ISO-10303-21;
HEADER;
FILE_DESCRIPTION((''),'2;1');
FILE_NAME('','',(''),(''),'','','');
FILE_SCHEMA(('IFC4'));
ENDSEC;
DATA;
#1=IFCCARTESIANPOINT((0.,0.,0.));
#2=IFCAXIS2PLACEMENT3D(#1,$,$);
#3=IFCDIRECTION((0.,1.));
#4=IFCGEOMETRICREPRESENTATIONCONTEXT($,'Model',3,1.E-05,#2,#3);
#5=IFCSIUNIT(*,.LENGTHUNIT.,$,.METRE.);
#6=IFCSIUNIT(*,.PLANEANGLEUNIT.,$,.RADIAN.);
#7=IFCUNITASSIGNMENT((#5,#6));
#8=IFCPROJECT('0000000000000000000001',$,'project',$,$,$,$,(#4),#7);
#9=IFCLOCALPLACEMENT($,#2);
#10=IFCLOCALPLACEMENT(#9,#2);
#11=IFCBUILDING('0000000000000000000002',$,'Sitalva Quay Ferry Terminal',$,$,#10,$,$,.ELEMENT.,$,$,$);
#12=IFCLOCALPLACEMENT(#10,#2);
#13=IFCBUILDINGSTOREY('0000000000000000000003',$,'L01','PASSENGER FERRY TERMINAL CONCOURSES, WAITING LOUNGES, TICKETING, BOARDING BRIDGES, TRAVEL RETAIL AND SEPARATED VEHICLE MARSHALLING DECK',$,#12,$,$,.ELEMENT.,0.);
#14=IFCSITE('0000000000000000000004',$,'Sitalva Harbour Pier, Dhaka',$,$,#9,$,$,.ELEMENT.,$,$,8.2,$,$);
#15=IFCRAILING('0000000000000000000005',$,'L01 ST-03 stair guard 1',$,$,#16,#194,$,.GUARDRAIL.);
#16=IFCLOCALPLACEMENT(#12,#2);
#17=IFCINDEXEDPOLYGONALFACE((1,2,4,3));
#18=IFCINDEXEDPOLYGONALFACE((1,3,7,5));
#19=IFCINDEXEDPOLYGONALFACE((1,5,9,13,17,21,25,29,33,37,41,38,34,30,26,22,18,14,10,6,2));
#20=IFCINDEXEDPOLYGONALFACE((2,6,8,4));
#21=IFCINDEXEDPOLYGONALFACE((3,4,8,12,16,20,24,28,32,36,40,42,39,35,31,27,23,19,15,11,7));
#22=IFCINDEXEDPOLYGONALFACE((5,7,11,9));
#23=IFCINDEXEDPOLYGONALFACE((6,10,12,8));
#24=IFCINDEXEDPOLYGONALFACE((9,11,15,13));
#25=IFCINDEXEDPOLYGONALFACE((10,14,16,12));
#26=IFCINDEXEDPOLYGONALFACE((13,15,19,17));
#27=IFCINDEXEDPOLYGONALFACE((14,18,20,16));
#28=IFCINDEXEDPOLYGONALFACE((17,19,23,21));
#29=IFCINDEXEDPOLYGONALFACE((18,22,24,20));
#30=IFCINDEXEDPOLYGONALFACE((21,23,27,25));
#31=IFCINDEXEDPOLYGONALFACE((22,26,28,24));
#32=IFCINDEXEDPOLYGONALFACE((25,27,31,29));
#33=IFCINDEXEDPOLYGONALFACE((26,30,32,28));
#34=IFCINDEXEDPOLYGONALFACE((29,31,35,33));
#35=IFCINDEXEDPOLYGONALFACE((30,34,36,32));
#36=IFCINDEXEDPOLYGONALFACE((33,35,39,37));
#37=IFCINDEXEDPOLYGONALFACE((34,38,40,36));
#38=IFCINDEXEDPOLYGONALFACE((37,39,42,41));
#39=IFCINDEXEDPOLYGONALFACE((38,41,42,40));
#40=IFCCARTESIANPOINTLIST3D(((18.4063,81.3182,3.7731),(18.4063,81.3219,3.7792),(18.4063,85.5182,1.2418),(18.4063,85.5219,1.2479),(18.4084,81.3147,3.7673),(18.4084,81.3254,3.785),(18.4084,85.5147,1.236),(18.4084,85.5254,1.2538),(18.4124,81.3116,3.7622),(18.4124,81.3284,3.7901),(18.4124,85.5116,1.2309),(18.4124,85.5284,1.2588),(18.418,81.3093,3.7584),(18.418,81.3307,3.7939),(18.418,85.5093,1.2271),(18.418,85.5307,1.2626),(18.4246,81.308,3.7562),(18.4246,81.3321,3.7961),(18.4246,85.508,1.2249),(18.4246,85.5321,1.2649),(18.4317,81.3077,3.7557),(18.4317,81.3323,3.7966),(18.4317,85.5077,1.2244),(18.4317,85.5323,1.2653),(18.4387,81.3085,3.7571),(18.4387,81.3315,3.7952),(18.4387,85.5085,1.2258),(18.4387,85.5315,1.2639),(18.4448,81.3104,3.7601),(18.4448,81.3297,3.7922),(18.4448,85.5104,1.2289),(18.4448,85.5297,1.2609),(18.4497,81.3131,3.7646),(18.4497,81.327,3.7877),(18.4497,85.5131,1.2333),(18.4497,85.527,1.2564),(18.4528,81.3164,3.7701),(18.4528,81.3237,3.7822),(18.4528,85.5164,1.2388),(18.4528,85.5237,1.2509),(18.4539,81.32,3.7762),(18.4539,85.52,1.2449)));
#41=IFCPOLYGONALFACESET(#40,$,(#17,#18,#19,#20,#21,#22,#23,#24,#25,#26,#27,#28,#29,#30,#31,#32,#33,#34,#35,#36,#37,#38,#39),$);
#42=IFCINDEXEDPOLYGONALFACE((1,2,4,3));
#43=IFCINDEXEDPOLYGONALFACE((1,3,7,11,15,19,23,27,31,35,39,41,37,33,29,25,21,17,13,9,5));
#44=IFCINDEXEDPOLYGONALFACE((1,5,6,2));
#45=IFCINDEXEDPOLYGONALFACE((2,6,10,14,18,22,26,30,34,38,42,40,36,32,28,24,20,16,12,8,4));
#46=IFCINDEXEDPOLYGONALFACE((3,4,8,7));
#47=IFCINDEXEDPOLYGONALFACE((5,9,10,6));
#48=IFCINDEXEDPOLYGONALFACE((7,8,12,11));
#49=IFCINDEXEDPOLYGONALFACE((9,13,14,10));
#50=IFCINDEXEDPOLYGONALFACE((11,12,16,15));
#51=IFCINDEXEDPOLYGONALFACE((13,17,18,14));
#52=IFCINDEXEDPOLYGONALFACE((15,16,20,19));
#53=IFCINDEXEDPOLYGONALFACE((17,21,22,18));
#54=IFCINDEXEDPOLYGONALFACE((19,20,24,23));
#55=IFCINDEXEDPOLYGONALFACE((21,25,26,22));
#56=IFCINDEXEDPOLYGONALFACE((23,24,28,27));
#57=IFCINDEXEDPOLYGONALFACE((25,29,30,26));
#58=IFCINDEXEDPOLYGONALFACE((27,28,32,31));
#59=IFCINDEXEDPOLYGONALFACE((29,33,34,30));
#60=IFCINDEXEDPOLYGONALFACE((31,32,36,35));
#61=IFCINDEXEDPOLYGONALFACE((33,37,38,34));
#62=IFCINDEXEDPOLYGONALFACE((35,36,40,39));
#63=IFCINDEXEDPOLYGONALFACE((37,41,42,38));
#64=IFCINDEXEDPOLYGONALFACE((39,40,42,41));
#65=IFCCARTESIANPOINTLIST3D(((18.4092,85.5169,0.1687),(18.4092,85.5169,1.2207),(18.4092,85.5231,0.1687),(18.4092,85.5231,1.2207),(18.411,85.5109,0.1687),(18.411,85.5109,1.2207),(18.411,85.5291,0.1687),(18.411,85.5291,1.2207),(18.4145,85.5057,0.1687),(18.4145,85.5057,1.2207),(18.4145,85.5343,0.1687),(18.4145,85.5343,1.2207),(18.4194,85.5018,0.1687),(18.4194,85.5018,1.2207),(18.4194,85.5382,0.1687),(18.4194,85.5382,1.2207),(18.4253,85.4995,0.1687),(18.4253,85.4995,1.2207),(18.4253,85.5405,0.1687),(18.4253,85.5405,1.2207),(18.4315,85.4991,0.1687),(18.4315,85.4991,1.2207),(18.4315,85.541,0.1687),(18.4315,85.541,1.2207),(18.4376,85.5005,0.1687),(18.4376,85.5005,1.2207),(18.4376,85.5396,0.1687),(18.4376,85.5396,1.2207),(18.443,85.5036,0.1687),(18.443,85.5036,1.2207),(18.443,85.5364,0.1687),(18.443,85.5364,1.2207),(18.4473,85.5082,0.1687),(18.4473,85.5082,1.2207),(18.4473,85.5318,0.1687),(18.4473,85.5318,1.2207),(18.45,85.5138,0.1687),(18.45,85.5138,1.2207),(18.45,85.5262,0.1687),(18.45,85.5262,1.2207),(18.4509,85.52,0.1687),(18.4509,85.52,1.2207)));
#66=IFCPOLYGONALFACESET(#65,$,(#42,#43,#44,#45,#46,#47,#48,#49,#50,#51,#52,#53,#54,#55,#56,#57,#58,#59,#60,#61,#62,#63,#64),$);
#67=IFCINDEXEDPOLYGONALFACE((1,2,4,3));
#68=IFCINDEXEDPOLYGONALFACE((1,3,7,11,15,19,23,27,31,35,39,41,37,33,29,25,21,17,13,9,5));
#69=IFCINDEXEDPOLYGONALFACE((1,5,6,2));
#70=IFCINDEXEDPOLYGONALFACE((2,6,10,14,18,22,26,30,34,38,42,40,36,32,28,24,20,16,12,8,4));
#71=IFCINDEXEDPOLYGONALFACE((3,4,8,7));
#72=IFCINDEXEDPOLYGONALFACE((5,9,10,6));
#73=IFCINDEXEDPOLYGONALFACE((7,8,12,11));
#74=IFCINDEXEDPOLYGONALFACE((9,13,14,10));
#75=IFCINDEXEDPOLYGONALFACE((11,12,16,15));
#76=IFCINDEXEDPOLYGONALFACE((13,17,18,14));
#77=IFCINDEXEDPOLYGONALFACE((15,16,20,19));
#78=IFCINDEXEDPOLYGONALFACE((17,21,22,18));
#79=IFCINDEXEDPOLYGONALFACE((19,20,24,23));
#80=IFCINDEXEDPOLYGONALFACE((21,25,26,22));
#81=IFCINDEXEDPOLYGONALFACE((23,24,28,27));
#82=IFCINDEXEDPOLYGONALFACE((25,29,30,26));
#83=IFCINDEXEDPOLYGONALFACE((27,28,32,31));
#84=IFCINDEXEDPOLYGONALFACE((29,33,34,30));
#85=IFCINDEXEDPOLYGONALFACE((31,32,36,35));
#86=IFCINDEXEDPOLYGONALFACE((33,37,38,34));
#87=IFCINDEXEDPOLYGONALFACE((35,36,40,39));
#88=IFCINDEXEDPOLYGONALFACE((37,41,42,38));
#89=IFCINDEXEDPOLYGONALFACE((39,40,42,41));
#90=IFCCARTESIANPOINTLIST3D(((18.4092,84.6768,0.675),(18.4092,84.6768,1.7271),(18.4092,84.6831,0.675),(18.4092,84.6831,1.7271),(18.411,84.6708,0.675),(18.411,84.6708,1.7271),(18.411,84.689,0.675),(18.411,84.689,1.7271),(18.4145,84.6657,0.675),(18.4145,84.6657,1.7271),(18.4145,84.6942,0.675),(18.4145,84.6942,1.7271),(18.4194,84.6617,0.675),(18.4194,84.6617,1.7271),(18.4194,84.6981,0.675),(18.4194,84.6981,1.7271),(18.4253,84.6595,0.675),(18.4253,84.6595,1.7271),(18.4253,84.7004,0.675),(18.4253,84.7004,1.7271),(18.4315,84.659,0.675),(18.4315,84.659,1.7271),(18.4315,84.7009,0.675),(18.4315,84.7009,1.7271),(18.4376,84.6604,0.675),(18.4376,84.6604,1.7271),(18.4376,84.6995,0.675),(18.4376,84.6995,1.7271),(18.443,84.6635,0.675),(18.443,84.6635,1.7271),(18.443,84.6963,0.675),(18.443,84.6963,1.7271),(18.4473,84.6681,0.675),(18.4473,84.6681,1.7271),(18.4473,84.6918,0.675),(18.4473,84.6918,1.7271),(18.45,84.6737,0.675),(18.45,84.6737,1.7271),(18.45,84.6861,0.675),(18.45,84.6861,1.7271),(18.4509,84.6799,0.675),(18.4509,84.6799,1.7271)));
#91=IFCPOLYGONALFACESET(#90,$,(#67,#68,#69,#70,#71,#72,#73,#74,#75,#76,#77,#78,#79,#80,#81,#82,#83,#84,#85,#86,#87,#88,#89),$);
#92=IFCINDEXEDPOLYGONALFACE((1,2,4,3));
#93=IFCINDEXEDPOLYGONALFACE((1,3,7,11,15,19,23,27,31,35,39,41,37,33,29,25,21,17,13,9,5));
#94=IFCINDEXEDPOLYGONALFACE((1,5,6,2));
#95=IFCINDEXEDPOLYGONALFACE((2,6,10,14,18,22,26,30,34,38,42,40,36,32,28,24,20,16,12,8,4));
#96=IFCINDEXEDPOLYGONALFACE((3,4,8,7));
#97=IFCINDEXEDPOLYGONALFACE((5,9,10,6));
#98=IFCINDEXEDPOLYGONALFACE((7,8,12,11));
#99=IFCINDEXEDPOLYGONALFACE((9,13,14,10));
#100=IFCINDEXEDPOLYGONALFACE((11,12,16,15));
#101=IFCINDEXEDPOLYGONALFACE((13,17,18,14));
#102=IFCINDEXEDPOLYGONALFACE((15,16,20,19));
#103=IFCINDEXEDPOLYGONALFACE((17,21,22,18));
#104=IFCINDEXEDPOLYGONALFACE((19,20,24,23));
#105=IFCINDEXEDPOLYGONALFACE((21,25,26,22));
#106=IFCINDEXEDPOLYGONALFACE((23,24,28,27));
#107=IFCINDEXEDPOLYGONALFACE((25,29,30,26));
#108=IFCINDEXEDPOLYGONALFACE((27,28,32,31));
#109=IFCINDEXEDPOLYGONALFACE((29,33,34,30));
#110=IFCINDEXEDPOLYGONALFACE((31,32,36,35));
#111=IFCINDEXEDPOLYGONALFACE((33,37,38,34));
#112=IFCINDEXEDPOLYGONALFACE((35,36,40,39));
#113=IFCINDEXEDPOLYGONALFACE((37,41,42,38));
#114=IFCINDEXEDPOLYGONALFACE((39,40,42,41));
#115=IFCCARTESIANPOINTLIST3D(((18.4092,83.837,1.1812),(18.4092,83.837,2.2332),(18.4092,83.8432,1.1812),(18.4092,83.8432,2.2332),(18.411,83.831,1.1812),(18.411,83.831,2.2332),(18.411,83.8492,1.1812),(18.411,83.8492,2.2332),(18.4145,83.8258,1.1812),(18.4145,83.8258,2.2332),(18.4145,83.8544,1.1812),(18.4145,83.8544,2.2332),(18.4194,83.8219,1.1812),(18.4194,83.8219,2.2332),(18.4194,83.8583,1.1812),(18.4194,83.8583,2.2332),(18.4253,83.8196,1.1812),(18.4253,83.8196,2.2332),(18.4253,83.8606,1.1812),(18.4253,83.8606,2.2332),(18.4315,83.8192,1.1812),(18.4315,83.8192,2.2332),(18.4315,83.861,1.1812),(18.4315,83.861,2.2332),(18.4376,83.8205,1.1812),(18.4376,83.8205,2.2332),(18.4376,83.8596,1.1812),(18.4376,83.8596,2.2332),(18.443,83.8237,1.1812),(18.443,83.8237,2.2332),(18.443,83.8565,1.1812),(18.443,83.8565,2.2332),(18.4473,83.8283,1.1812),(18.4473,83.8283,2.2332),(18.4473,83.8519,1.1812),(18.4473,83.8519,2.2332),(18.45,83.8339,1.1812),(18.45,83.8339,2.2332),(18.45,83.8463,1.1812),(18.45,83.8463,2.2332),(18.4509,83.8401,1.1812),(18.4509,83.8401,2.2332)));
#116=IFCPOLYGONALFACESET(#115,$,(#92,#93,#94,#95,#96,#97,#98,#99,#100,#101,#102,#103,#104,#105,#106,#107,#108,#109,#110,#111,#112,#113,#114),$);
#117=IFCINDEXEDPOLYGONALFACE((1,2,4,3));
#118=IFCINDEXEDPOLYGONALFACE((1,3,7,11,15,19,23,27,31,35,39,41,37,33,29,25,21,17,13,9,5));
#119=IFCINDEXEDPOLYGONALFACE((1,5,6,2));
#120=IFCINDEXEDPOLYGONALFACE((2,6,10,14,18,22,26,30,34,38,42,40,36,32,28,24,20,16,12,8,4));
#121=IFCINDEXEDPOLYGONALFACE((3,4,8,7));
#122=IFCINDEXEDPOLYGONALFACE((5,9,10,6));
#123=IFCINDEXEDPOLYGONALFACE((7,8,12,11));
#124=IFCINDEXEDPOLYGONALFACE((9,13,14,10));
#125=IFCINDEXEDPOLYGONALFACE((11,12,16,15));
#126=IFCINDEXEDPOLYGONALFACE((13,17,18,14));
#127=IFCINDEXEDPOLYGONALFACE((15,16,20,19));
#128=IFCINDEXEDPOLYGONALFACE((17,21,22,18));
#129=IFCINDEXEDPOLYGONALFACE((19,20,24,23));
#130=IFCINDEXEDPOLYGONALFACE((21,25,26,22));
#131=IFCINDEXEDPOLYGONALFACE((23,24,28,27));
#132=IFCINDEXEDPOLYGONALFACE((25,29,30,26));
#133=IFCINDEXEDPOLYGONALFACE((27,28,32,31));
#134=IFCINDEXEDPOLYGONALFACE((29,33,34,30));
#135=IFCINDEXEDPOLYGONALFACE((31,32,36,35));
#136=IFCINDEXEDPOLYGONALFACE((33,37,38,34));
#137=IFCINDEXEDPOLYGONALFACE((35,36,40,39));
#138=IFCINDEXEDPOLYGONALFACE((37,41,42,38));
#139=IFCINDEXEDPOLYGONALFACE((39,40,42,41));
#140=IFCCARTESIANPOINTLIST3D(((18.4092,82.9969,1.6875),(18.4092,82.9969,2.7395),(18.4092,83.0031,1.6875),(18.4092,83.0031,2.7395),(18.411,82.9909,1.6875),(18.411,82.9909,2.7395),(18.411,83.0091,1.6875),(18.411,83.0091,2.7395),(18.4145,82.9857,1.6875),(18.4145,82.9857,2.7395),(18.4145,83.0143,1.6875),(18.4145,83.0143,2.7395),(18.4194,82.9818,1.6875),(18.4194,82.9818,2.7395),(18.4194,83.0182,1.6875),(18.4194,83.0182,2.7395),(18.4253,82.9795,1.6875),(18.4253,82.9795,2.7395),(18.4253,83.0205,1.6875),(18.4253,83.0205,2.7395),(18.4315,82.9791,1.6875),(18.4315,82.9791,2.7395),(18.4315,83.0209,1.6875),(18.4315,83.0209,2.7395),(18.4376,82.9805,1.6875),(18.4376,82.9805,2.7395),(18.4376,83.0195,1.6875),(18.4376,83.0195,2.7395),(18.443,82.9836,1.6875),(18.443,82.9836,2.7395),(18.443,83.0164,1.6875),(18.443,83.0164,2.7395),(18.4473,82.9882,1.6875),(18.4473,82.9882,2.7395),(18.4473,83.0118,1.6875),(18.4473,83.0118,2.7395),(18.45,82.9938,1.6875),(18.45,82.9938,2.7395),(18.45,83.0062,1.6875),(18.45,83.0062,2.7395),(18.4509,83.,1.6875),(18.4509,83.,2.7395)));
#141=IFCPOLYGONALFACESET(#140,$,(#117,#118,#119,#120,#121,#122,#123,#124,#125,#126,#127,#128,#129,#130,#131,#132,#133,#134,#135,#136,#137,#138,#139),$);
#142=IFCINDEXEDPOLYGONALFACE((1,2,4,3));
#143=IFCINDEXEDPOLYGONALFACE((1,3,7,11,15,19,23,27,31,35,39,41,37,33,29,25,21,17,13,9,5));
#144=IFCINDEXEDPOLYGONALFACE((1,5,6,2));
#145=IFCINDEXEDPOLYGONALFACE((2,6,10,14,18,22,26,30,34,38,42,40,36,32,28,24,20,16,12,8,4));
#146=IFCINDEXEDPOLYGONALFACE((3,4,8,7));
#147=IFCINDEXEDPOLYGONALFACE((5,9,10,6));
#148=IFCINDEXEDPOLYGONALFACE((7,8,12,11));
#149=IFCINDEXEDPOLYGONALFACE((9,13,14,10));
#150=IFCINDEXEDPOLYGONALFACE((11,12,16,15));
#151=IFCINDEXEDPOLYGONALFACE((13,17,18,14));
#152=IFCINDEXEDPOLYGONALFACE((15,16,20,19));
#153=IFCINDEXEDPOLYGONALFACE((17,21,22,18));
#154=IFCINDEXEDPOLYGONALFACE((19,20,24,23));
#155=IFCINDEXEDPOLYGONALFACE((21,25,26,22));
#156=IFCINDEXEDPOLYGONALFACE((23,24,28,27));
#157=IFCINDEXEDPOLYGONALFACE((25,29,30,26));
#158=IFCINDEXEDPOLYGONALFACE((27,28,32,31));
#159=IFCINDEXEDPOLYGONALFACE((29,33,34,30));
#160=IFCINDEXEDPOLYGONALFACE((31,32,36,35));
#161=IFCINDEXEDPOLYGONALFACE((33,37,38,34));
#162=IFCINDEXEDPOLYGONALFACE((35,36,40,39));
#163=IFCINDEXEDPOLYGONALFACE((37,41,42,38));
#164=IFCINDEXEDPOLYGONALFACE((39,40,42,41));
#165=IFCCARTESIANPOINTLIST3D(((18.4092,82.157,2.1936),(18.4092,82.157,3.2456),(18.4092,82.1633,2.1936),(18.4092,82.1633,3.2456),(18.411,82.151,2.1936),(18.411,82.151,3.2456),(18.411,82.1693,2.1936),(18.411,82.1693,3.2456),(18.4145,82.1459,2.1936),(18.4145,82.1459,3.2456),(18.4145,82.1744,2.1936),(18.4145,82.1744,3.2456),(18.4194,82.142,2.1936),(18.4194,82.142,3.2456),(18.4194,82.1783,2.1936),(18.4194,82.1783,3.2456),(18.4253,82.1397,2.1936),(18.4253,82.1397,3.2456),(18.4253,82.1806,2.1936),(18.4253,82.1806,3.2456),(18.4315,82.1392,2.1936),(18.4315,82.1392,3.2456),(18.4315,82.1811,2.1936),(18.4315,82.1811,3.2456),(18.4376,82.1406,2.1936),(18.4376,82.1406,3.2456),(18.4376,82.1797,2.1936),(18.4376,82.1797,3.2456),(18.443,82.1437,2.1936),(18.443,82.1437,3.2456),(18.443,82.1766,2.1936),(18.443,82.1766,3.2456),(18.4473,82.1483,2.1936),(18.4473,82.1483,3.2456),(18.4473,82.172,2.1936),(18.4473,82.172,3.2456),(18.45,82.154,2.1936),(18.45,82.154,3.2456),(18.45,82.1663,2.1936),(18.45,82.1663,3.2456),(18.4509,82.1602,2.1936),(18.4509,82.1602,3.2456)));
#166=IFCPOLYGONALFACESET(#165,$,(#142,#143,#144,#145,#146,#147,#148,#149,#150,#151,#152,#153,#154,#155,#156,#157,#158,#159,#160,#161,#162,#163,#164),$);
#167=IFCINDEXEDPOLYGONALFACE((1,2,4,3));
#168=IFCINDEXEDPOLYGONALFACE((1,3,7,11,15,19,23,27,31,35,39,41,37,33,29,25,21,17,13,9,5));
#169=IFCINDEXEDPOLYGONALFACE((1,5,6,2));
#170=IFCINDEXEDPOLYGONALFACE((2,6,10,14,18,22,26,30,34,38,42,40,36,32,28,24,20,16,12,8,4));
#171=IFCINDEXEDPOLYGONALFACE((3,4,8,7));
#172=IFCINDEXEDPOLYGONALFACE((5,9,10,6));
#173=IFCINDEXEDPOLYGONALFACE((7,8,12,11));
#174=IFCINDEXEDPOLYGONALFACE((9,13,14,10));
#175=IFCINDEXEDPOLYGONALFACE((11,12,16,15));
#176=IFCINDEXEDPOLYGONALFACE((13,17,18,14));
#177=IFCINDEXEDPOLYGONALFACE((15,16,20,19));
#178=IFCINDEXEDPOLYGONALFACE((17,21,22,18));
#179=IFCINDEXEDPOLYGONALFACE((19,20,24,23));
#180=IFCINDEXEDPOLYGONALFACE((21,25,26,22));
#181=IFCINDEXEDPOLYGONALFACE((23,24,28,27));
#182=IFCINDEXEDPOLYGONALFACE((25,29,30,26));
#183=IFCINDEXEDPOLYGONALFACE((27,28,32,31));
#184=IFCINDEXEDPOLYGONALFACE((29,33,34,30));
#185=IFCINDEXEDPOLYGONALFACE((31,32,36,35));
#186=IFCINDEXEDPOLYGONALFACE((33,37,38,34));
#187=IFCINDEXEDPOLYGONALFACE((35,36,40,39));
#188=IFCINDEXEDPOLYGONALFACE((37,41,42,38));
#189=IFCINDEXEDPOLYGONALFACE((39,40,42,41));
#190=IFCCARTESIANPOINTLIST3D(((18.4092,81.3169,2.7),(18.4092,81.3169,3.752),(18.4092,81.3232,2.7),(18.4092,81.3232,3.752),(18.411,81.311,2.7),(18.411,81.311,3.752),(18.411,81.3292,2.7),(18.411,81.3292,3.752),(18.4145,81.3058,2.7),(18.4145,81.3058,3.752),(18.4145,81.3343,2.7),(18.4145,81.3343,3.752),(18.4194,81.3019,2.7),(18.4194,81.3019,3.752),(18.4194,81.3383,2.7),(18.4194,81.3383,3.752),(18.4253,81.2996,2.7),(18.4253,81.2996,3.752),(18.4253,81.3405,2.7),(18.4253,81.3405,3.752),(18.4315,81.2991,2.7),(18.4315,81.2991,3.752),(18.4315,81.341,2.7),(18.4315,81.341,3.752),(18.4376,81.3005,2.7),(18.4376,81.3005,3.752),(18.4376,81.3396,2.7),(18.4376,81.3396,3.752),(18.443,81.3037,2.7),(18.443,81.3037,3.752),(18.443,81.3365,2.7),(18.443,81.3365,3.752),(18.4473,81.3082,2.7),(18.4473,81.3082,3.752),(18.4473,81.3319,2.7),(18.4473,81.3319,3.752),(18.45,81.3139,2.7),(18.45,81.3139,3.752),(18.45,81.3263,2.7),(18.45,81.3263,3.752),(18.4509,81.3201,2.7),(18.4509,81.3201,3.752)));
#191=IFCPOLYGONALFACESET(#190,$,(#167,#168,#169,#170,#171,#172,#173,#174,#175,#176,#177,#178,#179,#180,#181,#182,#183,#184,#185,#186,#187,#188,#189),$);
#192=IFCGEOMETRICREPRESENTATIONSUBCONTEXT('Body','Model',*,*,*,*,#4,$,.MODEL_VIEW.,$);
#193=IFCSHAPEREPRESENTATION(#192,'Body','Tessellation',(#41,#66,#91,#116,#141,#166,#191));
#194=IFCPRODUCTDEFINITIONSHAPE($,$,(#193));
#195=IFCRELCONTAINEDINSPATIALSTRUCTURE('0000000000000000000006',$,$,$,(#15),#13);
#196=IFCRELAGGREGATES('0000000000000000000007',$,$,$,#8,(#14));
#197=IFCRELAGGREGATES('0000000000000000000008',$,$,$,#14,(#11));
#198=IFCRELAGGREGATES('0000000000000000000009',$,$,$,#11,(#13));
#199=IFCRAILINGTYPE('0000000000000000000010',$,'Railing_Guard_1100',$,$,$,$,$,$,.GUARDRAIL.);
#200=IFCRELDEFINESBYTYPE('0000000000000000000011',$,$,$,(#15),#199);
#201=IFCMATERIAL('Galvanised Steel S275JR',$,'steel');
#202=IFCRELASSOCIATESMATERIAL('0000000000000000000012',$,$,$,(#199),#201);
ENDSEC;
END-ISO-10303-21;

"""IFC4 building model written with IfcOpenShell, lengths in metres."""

from ifc_helpers import new_model, si_unit, direction, frame, origin, origin_2d, place, context, subcontext, project, spatial, circle, extrude, material, type_object, element, save


model = new_model("IFC4")

# Units and contexts
model_context = context("Model", 3, precision=1e-05, world=origin(), true_north=direction((0.0, 1.0)))
body_context = subcontext(model_context, "Body", "Model", "MODEL_VIEW")
ifc_project = project(units=[si_unit("LENGTHUNIT", "METRE"), si_unit("PLANEANGLEUNIT", "RADIAN")], contexts=[model_context])

# Site, building, storey
site_placement = place(None, origin())
site = spatial("IfcSite", under=ifc_project, at=site_placement, Name="Sitalva Harbour Pier, Dhaka", CompositionType="ELEMENT", RefElevation=8.2)
building_placement = place(site_placement, origin())
building = spatial("IfcBuilding", under=site, at=building_placement, Name="Sitalva Quay Ferry Terminal", CompositionType="ELEMENT")
storey_placement = place(building_placement, origin())
storey = spatial("IfcBuildingStorey", under=building, at=storey_placement, Name="L01", Description="PASSENGER FERRY TERMINAL CONCOURSES, WAITING LOUNGES, TICKETING, BOARDING BRIDGES, TRAVEL RETAIL AND SEPARATED VEHICLE MARSHALLING DECK", CompositionType="ELEMENT", Elevation=0.0)

# Railing
ifc_material_1 = material(Name="Galvanised Steel S275JR", Category="steel")
railing_type_1 = type_object("IfcRailingType", Name="Railing_Guard_1100", PredefinedType="GUARDRAIL", material=ifc_material_1)
railing_1_placement = place(storey_placement, frame((18.4299, 85.52, 0.1687)))
element("IfcRailing", 1, at=railing_1_placement, inside=storey, type_object=railing_type_1, Name="L01 ST-03 stair guard 1", PredefinedType="GUARDRAIL", context=body_context, shape_type="SweptSolid", body=[
    extrude(circle(Radius=0.0239, at=origin_2d()), frame((0.0, 0.0, 1.0762), z_axis=(0.0, -0.856476, 0.516186), x_axis=(1.0, 0.0, 0.0)), (0.0, 0.0, 1.0), 4.9038),
    extrude(circle(Radius=0.021, at=origin_2d()), origin(), (0.0, 0.0, 1.0), 1.052),
    extrude(circle(Radius=0.021, at=origin_2d()), frame((0.0, -0.8401, 0.5063)), (0.0, 0.0, 1.0), 1.052),
    extrude(circle(Radius=0.021, at=origin_2d()), frame((0.0, -1.6799, 1.0125)), (0.0, 0.0, 1.0), 1.052),
    extrude(circle(Radius=0.021, at=origin_2d()), frame((0.0, -2.52, 1.5188)), (0.0, 0.0, 1.0), 1.052),
    extrude(circle(Radius=0.021, at=origin_2d()), frame((0.0, -3.3599, 2.0249)), (0.0, 0.0, 1.0), 1.052),
    extrude(circle(Radius=0.021, at=origin_2d()), frame((0.0, -4.2, 2.5312)), (0.0, 0.0, 1.0), 1.052),
])

save(model, "model.ifc")
